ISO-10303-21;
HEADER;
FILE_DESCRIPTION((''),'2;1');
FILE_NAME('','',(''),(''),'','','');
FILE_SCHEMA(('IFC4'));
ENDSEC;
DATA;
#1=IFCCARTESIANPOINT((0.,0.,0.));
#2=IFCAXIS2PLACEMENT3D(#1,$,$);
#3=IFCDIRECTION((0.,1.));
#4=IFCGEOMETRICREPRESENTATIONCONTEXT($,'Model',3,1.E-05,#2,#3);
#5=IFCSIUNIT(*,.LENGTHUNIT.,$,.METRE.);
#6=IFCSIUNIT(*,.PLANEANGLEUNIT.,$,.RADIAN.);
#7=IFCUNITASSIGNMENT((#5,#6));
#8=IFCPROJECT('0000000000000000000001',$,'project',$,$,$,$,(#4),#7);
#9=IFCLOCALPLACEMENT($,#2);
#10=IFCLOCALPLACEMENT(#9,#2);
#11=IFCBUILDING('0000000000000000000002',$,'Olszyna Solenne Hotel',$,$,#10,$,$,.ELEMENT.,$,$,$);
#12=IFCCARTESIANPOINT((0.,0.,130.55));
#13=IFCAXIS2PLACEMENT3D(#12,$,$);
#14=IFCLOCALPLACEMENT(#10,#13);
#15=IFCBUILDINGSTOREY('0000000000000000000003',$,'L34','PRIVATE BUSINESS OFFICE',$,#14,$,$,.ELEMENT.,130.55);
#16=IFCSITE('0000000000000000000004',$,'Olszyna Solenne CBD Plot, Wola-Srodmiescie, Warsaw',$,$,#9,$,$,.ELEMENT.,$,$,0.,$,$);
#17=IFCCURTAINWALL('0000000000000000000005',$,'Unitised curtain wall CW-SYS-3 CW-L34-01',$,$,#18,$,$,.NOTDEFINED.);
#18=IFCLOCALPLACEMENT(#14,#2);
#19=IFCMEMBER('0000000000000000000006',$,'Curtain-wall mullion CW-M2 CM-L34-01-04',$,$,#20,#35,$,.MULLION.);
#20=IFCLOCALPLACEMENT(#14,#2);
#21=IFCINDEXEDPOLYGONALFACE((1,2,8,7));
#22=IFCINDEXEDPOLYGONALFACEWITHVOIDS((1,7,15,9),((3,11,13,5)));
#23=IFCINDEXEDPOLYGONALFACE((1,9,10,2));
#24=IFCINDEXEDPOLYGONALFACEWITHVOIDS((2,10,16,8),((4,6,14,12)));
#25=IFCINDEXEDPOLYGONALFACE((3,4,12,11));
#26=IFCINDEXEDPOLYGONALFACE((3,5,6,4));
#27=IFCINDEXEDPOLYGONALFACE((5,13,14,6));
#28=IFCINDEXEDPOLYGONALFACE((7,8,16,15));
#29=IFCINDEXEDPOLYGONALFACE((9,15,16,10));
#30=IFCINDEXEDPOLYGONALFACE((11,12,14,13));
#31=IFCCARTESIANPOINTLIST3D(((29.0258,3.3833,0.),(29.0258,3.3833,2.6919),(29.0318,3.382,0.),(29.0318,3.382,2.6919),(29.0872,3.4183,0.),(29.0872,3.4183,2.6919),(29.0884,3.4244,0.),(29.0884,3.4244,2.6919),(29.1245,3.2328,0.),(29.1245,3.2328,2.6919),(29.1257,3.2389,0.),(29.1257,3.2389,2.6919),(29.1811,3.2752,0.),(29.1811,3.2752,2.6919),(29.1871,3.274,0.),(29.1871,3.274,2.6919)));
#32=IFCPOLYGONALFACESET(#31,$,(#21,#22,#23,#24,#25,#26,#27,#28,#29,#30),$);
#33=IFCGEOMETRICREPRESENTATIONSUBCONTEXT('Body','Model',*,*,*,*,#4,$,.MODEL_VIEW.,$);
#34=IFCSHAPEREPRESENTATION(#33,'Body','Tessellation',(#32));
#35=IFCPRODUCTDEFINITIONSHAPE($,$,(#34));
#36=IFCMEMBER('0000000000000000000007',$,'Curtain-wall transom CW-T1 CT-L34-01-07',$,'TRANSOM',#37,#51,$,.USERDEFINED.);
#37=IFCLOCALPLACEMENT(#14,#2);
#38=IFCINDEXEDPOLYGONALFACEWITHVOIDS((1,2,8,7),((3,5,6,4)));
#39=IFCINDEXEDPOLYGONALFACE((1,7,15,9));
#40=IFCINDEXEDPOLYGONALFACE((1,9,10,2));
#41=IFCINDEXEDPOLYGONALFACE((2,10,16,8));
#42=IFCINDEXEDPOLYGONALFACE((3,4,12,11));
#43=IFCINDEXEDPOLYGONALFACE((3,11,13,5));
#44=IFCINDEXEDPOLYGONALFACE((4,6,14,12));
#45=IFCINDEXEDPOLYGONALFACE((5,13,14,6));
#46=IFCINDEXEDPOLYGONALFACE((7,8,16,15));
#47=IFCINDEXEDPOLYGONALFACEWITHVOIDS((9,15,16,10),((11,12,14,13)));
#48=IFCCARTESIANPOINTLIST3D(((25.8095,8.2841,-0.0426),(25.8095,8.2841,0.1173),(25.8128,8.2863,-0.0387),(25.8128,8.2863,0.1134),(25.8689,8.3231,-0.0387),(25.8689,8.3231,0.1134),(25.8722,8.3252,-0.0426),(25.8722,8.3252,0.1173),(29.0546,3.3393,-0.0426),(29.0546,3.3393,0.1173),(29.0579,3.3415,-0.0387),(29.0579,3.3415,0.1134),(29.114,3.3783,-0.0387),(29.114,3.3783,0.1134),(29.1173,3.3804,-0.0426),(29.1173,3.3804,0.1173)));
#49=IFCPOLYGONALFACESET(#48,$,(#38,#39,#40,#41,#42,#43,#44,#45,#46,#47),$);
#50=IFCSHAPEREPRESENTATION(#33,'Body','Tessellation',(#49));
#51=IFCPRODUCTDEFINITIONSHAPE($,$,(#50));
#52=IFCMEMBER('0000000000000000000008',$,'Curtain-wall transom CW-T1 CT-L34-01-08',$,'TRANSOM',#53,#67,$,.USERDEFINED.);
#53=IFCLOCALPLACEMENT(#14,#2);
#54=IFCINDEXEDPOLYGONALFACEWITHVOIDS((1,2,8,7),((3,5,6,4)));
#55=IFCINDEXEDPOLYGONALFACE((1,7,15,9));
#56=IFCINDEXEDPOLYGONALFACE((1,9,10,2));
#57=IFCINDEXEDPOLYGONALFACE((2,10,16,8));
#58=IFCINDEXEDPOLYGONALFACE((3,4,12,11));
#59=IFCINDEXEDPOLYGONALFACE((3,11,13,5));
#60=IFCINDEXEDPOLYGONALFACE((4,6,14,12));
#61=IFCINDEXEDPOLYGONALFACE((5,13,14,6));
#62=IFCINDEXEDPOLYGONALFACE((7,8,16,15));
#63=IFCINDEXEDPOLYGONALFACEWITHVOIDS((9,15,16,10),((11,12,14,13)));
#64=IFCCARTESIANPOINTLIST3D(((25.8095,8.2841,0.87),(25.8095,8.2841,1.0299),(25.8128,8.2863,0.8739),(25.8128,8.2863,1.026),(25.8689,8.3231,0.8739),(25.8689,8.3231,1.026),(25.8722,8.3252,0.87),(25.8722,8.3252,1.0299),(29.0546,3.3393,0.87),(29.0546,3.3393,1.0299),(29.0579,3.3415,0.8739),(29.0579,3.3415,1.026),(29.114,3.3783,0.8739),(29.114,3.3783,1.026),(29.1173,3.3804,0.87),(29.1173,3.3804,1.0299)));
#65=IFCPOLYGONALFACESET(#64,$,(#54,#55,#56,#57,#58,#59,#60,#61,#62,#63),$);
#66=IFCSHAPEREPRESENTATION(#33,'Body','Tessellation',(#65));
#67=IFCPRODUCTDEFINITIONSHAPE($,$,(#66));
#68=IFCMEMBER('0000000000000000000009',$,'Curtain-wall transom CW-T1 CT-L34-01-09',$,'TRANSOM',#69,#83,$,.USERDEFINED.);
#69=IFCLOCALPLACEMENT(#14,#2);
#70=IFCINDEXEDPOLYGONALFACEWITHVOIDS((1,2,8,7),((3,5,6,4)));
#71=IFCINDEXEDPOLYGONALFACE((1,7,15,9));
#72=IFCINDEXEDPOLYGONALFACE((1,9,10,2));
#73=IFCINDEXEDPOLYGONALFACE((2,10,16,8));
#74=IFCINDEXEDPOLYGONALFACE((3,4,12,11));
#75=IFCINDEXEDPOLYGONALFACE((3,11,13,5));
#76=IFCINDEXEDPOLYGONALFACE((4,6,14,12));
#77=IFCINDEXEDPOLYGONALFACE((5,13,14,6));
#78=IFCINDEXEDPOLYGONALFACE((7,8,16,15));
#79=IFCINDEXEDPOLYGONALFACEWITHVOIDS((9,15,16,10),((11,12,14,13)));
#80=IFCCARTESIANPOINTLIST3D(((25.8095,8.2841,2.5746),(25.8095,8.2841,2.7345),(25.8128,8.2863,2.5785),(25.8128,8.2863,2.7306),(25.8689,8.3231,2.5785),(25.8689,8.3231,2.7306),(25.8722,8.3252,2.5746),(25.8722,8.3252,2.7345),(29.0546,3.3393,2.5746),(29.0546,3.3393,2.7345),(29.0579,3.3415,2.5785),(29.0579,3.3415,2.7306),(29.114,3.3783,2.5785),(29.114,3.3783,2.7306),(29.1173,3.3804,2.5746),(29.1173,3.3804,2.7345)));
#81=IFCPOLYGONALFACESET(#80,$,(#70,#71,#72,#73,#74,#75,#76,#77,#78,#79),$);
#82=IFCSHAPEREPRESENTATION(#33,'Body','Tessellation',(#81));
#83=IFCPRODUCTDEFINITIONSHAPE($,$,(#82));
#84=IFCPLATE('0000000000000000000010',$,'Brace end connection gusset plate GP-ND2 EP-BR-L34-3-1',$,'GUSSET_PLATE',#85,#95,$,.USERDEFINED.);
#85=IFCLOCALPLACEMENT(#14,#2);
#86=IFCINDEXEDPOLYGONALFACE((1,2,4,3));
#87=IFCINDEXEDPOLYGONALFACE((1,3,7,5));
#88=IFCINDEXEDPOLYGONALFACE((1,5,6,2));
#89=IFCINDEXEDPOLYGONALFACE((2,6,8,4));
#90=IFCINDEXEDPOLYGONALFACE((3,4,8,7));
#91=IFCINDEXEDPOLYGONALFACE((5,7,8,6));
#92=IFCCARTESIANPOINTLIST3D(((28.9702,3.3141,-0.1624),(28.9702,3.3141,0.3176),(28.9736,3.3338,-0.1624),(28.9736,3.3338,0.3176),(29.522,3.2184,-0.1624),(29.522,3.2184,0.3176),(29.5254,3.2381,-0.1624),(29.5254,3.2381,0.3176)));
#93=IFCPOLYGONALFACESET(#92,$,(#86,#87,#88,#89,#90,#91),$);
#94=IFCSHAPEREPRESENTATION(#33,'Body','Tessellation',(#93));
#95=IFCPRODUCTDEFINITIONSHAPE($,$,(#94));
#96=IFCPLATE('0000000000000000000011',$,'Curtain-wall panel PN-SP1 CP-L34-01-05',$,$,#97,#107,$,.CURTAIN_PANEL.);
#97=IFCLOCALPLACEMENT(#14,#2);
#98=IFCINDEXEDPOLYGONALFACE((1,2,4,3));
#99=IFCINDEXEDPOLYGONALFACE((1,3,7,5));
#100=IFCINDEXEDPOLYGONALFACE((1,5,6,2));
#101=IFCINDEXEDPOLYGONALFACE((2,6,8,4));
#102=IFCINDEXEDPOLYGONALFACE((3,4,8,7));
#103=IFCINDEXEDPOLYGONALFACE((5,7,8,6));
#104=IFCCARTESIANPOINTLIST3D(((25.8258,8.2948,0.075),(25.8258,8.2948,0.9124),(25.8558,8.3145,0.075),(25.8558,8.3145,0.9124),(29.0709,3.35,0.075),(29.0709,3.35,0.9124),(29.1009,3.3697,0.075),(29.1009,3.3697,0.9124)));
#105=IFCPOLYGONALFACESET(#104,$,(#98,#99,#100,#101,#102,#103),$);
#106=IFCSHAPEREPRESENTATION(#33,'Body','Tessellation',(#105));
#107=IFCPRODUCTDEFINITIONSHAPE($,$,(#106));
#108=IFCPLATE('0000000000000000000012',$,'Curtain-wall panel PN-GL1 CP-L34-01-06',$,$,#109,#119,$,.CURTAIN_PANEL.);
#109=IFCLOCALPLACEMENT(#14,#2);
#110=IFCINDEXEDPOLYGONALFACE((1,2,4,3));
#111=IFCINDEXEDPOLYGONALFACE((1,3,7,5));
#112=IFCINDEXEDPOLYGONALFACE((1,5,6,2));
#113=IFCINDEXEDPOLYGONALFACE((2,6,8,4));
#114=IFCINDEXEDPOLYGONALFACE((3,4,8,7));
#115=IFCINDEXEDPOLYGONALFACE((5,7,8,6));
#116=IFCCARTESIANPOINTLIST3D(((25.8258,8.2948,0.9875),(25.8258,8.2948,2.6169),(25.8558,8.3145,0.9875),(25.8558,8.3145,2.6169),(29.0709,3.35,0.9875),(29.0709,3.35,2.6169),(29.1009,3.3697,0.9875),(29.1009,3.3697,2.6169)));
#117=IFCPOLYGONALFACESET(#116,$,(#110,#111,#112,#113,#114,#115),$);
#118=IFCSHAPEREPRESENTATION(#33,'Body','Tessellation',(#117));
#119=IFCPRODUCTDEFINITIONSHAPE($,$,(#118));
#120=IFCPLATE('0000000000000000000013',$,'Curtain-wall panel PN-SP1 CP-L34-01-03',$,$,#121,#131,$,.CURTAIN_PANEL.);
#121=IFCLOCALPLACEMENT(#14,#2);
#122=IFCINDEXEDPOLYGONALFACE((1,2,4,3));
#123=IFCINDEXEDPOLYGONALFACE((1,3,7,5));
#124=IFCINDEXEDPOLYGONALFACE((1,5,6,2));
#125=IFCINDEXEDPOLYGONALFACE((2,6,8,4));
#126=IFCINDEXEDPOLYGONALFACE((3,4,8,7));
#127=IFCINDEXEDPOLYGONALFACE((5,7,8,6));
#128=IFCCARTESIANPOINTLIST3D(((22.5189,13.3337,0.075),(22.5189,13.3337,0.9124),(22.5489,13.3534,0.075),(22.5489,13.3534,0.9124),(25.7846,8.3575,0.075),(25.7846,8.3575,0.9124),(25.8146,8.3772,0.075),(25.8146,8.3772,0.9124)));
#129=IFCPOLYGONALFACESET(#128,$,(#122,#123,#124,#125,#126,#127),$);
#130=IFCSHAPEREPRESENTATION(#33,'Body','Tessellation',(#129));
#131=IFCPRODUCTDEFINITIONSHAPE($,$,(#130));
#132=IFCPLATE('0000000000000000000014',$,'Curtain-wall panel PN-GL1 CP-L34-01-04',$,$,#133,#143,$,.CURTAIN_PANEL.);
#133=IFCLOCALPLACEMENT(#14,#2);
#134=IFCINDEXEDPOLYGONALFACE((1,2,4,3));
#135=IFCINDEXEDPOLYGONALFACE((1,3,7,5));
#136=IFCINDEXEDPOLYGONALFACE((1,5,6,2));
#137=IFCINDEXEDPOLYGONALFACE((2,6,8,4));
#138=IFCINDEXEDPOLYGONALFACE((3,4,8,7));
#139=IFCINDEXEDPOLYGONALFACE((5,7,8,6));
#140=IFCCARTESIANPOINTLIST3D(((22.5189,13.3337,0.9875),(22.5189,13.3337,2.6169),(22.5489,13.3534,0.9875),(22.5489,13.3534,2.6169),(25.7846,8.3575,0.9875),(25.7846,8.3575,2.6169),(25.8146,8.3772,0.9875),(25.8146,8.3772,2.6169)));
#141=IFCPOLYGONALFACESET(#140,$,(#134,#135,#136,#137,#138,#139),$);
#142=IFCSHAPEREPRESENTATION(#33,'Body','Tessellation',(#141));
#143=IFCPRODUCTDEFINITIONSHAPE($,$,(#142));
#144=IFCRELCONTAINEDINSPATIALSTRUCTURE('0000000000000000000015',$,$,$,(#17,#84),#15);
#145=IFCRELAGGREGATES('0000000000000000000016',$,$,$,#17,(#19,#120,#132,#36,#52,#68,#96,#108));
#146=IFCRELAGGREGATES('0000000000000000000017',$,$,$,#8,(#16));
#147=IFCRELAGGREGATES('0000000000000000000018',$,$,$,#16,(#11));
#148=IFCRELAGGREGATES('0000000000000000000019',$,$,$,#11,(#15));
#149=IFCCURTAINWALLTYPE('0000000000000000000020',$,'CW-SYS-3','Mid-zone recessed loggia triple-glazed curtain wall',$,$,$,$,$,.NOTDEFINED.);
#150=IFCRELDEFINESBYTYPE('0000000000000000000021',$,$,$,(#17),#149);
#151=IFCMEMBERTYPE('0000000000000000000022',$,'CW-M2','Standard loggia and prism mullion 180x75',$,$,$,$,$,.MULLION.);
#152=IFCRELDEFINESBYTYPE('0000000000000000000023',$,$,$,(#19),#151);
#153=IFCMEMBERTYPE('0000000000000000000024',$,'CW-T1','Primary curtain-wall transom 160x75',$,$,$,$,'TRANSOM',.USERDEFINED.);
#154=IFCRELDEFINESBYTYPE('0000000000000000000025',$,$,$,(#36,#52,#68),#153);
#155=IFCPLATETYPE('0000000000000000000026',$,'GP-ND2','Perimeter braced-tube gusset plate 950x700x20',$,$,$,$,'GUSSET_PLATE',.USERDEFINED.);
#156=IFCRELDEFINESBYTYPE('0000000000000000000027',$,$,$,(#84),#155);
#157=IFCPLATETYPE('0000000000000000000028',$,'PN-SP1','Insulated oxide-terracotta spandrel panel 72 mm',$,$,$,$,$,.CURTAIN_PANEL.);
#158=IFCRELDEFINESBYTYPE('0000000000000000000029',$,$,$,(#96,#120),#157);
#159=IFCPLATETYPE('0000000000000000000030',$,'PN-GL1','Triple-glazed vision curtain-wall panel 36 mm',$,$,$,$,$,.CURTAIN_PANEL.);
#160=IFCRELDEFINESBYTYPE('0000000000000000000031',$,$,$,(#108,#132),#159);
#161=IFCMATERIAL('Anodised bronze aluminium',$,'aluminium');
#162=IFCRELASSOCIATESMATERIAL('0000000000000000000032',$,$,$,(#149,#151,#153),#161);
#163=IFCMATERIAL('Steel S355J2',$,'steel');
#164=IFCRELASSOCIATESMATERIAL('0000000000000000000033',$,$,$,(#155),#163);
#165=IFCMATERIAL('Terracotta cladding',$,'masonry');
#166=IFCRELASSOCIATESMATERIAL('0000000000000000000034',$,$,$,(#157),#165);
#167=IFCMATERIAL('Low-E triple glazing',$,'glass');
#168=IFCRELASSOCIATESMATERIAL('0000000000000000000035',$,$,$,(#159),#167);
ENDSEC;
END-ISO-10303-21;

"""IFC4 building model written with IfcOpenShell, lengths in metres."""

from ifc_helpers import new_model, si_unit, direction, frame, origin, origin_2d, place, context, subcontext, project, spatial, rectangle, hollow_rectangle, extrude, source, transform, mapped, material, material_profile, profile_set, type_object, element, aggregate, save


model = new_model("IFC4")

# Units and contexts
model_context = context("Model", 3, precision=1e-05, world=origin(), true_north=direction((0.0, 1.0)))
body_context = subcontext(model_context, "Body", "Model", "MODEL_VIEW")
ifc_project = project(units=[si_unit("LENGTHUNIT", "METRE"), si_unit("PLANEANGLEUNIT", "RADIAN")], contexts=[model_context])

# Site, building, storey
site_placement = place(None, origin())
site = spatial("IfcSite", under=ifc_project, at=site_placement, Name="Olszyna Solenne CBD Plot, Wola-Srodmiescie, Warsaw", CompositionType="ELEMENT", RefElevation=0.0)
building_placement = place(site_placement, origin())
building = spatial("IfcBuilding", under=site, at=building_placement, Name="Olszyna Solenne Hotel", CompositionType="ELEMENT")
storey_placement = place(building_placement, frame((0.0, 0.0, 130.55)))
storey = spatial("IfcBuildingStorey", under=building, at=storey_placement, Name="L34", Description="PRIVATE BUSINESS OFFICE", CompositionType="ELEMENT", Elevation=130.55)

# Shared definitions
ifc_material_1 = material(Name="Steel S355J2", Category="steel")

# Curtain wall, members
ifc_material_2 = material(Name="Anodised bronze aluminium", Category="aluminium")
curtain_wall_type = type_object("IfcCurtainWallType", Name="CW-SYS-3", Description="Mid-zone recessed loggia triple-glazed curtain wall", PredefinedType="NOTDEFINED", material=ifc_material_2)
curtain_wall_placement = place(storey_placement, origin())
curtain_wall = element("IfcCurtainWall", 1, at=curtain_wall_placement, inside=storey, type_object=curtain_wall_type, Name="Unitised curtain wall CW-SYS-3 CW-L34-01", PredefinedType="NOTDEFINED")
ifc_material_profile_1 = material_profile(ifc_material_2, hollow_rectangle(XDim=0.075, YDim=0.1799, WallThickness=0.0044, at=origin_2d()), Name="MULL 180x75x4.5", Category="load-bearing")
ifc_profile_set_1 = profile_set([ifc_material_profile_1], Name="Anodised bronze aluminium")
member_type_1 = type_object("IfcMemberType", Name="CW-M2", Description="Standard loggia and prism mullion 180x75", PredefinedType="MULLION", material=ifc_profile_set_1)
shared_shape_1 = source(origin(), body_context, "Body", "SweptSolid", [
    extrude(hollow_rectangle(XDim=0.075, YDim=0.1799, WallThickness=0.0044, at=origin_2d()), origin(), (0.0, 0.0, 1.0), 2.6919),
])
member_1_placement = place(storey_placement, frame((29.1064, 3.3286, 0.0), z_axis=(0.0, 0.0, 1.0), x_axis=(0.83604, 0.548669, 0.0)))
member_1 = element("IfcMember", 2, at=member_1_placement, type_object=member_type_1, Name="Curtain-wall mullion CW-M2 CM-L34-01-04", PredefinedType="MULLION", context=body_context, shape_type="MappedRepresentation", body=[
    mapped(shared_shape_1, transform((0.0, 0.0, 0.0), x_axis=(1.0, 0.0, 0.0), y_axis=(0.0, 1.0, 0.0), z_axis=(0.0, 0.0, 1.0), scale=1.0)),
])
ifc_material_profile_2 = material_profile(ifc_material_2, hollow_rectangle(XDim=0.075, YDim=0.1599, WallThickness=0.0039, at=origin_2d()), Name="TRAN 160x75x4", Category="load-bearing")
ifc_profile_set_2 = profile_set([ifc_material_profile_2], Name="Anodised bronze aluminium")
member_type_2 = type_object("IfcMemberType", Name="CW-T1", Description="Primary curtain-wall transom 160x75", ElementType="TRANSOM", PredefinedType="USERDEFINED", material=ifc_profile_set_2)
shared_shape_2 = source(origin(), body_context, "Body", "SweptSolid", [
    extrude(hollow_rectangle(XDim=0.075, YDim=0.1599, WallThickness=0.0039, at=origin_2d()), origin(), (0.0, 0.0, 1.0), 5.9146),
])
member_2_placement = place(storey_placement, frame((25.8408, 8.3047, 0.0374), z_axis=(0.548665, -0.836042, 0.0), x_axis=(0.836042, 0.548665, 0.0)))
member_2 = element("IfcMember", 3, at=member_2_placement, type_object=member_type_2, Name="Curtain-wall transom CW-T1 CT-L34-01-07", ObjectType="TRANSOM", PredefinedType="USERDEFINED", context=body_context, shape_type="MappedRepresentation", body=[
    mapped(shared_shape_2, transform((0.0, 0.0, 0.0), x_axis=(1.0, 0.0, 0.0), y_axis=(0.0, 1.0, 0.0), z_axis=(0.0, 0.0, 1.0), scale=1.0)),
])
member_3_placement = place(storey_placement, frame((25.8408, 8.3047, 0.95), z_axis=(0.548665, -0.836042, 0.0), x_axis=(0.836042, 0.548665, 0.0)))
member_3 = element("IfcMember", 4, at=member_3_placement, type_object=member_type_2, Name="Curtain-wall transom CW-T1 CT-L34-01-08", ObjectType="TRANSOM", PredefinedType="USERDEFINED", context=body_context, shape_type="MappedRepresentation", body=[
    mapped(shared_shape_2, transform((0.0, 0.0, 0.0), x_axis=(1.0, 0.0, 0.0), y_axis=(0.0, 1.0, 0.0), z_axis=(0.0, 0.0, 1.0), scale=1.0)),
])
member_4_placement = place(storey_placement, frame((25.8408, 8.3047, 2.6545), z_axis=(0.548665, -0.836042, 0.0), x_axis=(0.836042, 0.548665, 0.0)))
member_4 = element("IfcMember", 5, at=member_4_placement, type_object=member_type_2, Name="Curtain-wall transom CW-T1 CT-L34-01-09", ObjectType="TRANSOM", PredefinedType="USERDEFINED", context=body_context, shape_type="MappedRepresentation", body=[
    mapped(shared_shape_2, transform((0.0, 0.0, 0.0), x_axis=(1.0, 0.0, 0.0), y_axis=(0.0, 1.0, 0.0), z_axis=(0.0, 0.0, 1.0), scale=1.0)),
])

# Plates
plate_type_1 = type_object("IfcPlateType", Name="GP-ND2", Description="Perimeter braced-tube gusset plate 950x700x20", ElementType="GUSSET_PLATE", PredefinedType="USERDEFINED", material=ifc_material_1)
shared_shape_3 = source(origin(), body_context, "Body", "SweptSolid", [
    extrude(rectangle(XDim=0.5601, YDim=0.02, at=origin_2d()), origin(), (0.0, 0.0, 1.0), 0.48),
])
plate_1_placement = place(storey_placement, frame((29.2478, 3.2761, -0.1624), z_axis=(0.0, 0.0, 1.0), x_axis=(0.985289, -0.170897, 0.0)))
element("IfcPlate", 6, at=plate_1_placement, inside=storey, type_object=plate_type_1, Name="Brace end connection gusset plate GP-ND2 EP-BR-L34-3-1", ObjectType="GUSSET_PLATE", PredefinedType="USERDEFINED", context=body_context, shape_type="MappedRepresentation", body=[
    mapped(shared_shape_3, transform((0.0, 0.0, 0.0), x_axis=(1.0, 0.0, 0.0), y_axis=(0.0, 1.0, 0.0), z_axis=(0.0, 0.0, 1.0), scale=1.0)),
])
ifc_material_3 = material(Name="Terracotta cladding", Category="masonry")
plate_type_2 = type_object("IfcPlateType", Name="PN-SP1", Description="Insulated oxide-terracotta spandrel panel 72 mm", PredefinedType="CURTAIN_PANEL", material=ifc_material_3)
shared_shape_4 = source(origin(), body_context, "Body", "SweptSolid", [
    extrude(rectangle(XDim=5.9146, YDim=0.0359, at=origin_2d()), origin(), (0.0, 0.0, 1.0), 0.8374),
])
plate_2_placement = place(storey_placement, frame((27.4634, 5.8323, 0.075), z_axis=(0.0, 0.0, 1.0), x_axis=(0.548669, -0.83604, 0.0)))
plate_2 = element("IfcPlate", 7, at=plate_2_placement, type_object=plate_type_2, Name="Curtain-wall panel PN-SP1 CP-L34-01-05", PredefinedType="CURTAIN_PANEL", context=body_context, shape_type="MappedRepresentation", body=[
    mapped(shared_shape_4, transform((0.0, 0.0, 0.0), x_axis=(1.0, 0.0, 0.0), y_axis=(0.0, 1.0, 0.0), z_axis=(0.0, 0.0, 1.0), scale=1.0)),
])
ifc_material_4 = material(Name="Low-E triple glazing", Category="glass")
plate_type_3 = type_object("IfcPlateType", Name="PN-GL1", Description="Triple-glazed vision curtain-wall panel 36 mm", PredefinedType="CURTAIN_PANEL", material=ifc_material_4)
shared_shape_5 = source(origin(), body_context, "Body", "SweptSolid", [
    extrude(rectangle(XDim=5.9146, YDim=0.0359, at=origin_2d()), origin(), (0.0, 0.0, 1.0), 1.6294),
])
plate_3_placement = place(storey_placement, frame((27.4634, 5.8323, 0.9875), z_axis=(0.0, 0.0, 1.0), x_axis=(0.548669, -0.83604, 0.0)))
plate_3 = element("IfcPlate", 8, at=plate_3_placement, type_object=plate_type_3, Name="Curtain-wall panel PN-GL1 CP-L34-01-06", PredefinedType="CURTAIN_PANEL", context=body_context, shape_type="MappedRepresentation", body=[
    mapped(shared_shape_5, transform((0.0, 0.0, 0.0), x_axis=(1.0, 0.0, 0.0), y_axis=(0.0, 1.0, 0.0), z_axis=(0.0, 0.0, 1.0), scale=1.0)),
])
shared_shape_6 = source(origin(), body_context, "Body", "SweptSolid", [
    extrude(rectangle(XDim=5.9521, YDim=0.0359, at=origin_2d()), origin(), (0.0, 0.0, 1.0), 0.8374),
])
plate_4_placement = place(storey_placement, frame((24.1667, 10.8555, 0.075), z_axis=(0.0, 0.0, 1.0), x_axis=(0.548669, -0.83604, 0.0)))
plate_4 = element("IfcPlate", 9, at=plate_4_placement, type_object=plate_type_2, Name="Curtain-wall panel PN-SP1 CP-L34-01-03", PredefinedType="CURTAIN_PANEL", context=body_context, shape_type="MappedRepresentation", body=[
    mapped(shared_shape_6, transform((0.0, 0.0, 0.0), x_axis=(1.0, 0.0, 0.0), y_axis=(0.0, 1.0, 0.0), z_axis=(0.0, 0.0, 1.0), scale=1.0)),
])
shared_shape_7 = source(origin(), body_context, "Body", "SweptSolid", [
    extrude(rectangle(XDim=5.9521, YDim=0.0359, at=origin_2d()), origin(), (0.0, 0.0, 1.0), 1.6294),
])
plate_5_placement = place(storey_placement, frame((24.1667, 10.8555, 0.9875), z_axis=(0.0, 0.0, 1.0), x_axis=(0.548669, -0.83604, 0.0)))
plate_5 = element("IfcPlate", 10, at=plate_5_placement, type_object=plate_type_3, Name="Curtain-wall panel PN-GL1 CP-L34-01-04", PredefinedType="CURTAIN_PANEL", context=body_context, shape_type="MappedRepresentation", body=[
    mapped(shared_shape_7, transform((0.0, 0.0, 0.0), x_axis=(1.0, 0.0, 0.0), y_axis=(0.0, 1.0, 0.0), z_axis=(0.0, 0.0, 1.0), scale=1.0)),
])
aggregate(curtain_wall, [member_1, plate_4, plate_5, member_2, member_3, member_4, plate_2, plate_3])

save(model, "model.ifc")
